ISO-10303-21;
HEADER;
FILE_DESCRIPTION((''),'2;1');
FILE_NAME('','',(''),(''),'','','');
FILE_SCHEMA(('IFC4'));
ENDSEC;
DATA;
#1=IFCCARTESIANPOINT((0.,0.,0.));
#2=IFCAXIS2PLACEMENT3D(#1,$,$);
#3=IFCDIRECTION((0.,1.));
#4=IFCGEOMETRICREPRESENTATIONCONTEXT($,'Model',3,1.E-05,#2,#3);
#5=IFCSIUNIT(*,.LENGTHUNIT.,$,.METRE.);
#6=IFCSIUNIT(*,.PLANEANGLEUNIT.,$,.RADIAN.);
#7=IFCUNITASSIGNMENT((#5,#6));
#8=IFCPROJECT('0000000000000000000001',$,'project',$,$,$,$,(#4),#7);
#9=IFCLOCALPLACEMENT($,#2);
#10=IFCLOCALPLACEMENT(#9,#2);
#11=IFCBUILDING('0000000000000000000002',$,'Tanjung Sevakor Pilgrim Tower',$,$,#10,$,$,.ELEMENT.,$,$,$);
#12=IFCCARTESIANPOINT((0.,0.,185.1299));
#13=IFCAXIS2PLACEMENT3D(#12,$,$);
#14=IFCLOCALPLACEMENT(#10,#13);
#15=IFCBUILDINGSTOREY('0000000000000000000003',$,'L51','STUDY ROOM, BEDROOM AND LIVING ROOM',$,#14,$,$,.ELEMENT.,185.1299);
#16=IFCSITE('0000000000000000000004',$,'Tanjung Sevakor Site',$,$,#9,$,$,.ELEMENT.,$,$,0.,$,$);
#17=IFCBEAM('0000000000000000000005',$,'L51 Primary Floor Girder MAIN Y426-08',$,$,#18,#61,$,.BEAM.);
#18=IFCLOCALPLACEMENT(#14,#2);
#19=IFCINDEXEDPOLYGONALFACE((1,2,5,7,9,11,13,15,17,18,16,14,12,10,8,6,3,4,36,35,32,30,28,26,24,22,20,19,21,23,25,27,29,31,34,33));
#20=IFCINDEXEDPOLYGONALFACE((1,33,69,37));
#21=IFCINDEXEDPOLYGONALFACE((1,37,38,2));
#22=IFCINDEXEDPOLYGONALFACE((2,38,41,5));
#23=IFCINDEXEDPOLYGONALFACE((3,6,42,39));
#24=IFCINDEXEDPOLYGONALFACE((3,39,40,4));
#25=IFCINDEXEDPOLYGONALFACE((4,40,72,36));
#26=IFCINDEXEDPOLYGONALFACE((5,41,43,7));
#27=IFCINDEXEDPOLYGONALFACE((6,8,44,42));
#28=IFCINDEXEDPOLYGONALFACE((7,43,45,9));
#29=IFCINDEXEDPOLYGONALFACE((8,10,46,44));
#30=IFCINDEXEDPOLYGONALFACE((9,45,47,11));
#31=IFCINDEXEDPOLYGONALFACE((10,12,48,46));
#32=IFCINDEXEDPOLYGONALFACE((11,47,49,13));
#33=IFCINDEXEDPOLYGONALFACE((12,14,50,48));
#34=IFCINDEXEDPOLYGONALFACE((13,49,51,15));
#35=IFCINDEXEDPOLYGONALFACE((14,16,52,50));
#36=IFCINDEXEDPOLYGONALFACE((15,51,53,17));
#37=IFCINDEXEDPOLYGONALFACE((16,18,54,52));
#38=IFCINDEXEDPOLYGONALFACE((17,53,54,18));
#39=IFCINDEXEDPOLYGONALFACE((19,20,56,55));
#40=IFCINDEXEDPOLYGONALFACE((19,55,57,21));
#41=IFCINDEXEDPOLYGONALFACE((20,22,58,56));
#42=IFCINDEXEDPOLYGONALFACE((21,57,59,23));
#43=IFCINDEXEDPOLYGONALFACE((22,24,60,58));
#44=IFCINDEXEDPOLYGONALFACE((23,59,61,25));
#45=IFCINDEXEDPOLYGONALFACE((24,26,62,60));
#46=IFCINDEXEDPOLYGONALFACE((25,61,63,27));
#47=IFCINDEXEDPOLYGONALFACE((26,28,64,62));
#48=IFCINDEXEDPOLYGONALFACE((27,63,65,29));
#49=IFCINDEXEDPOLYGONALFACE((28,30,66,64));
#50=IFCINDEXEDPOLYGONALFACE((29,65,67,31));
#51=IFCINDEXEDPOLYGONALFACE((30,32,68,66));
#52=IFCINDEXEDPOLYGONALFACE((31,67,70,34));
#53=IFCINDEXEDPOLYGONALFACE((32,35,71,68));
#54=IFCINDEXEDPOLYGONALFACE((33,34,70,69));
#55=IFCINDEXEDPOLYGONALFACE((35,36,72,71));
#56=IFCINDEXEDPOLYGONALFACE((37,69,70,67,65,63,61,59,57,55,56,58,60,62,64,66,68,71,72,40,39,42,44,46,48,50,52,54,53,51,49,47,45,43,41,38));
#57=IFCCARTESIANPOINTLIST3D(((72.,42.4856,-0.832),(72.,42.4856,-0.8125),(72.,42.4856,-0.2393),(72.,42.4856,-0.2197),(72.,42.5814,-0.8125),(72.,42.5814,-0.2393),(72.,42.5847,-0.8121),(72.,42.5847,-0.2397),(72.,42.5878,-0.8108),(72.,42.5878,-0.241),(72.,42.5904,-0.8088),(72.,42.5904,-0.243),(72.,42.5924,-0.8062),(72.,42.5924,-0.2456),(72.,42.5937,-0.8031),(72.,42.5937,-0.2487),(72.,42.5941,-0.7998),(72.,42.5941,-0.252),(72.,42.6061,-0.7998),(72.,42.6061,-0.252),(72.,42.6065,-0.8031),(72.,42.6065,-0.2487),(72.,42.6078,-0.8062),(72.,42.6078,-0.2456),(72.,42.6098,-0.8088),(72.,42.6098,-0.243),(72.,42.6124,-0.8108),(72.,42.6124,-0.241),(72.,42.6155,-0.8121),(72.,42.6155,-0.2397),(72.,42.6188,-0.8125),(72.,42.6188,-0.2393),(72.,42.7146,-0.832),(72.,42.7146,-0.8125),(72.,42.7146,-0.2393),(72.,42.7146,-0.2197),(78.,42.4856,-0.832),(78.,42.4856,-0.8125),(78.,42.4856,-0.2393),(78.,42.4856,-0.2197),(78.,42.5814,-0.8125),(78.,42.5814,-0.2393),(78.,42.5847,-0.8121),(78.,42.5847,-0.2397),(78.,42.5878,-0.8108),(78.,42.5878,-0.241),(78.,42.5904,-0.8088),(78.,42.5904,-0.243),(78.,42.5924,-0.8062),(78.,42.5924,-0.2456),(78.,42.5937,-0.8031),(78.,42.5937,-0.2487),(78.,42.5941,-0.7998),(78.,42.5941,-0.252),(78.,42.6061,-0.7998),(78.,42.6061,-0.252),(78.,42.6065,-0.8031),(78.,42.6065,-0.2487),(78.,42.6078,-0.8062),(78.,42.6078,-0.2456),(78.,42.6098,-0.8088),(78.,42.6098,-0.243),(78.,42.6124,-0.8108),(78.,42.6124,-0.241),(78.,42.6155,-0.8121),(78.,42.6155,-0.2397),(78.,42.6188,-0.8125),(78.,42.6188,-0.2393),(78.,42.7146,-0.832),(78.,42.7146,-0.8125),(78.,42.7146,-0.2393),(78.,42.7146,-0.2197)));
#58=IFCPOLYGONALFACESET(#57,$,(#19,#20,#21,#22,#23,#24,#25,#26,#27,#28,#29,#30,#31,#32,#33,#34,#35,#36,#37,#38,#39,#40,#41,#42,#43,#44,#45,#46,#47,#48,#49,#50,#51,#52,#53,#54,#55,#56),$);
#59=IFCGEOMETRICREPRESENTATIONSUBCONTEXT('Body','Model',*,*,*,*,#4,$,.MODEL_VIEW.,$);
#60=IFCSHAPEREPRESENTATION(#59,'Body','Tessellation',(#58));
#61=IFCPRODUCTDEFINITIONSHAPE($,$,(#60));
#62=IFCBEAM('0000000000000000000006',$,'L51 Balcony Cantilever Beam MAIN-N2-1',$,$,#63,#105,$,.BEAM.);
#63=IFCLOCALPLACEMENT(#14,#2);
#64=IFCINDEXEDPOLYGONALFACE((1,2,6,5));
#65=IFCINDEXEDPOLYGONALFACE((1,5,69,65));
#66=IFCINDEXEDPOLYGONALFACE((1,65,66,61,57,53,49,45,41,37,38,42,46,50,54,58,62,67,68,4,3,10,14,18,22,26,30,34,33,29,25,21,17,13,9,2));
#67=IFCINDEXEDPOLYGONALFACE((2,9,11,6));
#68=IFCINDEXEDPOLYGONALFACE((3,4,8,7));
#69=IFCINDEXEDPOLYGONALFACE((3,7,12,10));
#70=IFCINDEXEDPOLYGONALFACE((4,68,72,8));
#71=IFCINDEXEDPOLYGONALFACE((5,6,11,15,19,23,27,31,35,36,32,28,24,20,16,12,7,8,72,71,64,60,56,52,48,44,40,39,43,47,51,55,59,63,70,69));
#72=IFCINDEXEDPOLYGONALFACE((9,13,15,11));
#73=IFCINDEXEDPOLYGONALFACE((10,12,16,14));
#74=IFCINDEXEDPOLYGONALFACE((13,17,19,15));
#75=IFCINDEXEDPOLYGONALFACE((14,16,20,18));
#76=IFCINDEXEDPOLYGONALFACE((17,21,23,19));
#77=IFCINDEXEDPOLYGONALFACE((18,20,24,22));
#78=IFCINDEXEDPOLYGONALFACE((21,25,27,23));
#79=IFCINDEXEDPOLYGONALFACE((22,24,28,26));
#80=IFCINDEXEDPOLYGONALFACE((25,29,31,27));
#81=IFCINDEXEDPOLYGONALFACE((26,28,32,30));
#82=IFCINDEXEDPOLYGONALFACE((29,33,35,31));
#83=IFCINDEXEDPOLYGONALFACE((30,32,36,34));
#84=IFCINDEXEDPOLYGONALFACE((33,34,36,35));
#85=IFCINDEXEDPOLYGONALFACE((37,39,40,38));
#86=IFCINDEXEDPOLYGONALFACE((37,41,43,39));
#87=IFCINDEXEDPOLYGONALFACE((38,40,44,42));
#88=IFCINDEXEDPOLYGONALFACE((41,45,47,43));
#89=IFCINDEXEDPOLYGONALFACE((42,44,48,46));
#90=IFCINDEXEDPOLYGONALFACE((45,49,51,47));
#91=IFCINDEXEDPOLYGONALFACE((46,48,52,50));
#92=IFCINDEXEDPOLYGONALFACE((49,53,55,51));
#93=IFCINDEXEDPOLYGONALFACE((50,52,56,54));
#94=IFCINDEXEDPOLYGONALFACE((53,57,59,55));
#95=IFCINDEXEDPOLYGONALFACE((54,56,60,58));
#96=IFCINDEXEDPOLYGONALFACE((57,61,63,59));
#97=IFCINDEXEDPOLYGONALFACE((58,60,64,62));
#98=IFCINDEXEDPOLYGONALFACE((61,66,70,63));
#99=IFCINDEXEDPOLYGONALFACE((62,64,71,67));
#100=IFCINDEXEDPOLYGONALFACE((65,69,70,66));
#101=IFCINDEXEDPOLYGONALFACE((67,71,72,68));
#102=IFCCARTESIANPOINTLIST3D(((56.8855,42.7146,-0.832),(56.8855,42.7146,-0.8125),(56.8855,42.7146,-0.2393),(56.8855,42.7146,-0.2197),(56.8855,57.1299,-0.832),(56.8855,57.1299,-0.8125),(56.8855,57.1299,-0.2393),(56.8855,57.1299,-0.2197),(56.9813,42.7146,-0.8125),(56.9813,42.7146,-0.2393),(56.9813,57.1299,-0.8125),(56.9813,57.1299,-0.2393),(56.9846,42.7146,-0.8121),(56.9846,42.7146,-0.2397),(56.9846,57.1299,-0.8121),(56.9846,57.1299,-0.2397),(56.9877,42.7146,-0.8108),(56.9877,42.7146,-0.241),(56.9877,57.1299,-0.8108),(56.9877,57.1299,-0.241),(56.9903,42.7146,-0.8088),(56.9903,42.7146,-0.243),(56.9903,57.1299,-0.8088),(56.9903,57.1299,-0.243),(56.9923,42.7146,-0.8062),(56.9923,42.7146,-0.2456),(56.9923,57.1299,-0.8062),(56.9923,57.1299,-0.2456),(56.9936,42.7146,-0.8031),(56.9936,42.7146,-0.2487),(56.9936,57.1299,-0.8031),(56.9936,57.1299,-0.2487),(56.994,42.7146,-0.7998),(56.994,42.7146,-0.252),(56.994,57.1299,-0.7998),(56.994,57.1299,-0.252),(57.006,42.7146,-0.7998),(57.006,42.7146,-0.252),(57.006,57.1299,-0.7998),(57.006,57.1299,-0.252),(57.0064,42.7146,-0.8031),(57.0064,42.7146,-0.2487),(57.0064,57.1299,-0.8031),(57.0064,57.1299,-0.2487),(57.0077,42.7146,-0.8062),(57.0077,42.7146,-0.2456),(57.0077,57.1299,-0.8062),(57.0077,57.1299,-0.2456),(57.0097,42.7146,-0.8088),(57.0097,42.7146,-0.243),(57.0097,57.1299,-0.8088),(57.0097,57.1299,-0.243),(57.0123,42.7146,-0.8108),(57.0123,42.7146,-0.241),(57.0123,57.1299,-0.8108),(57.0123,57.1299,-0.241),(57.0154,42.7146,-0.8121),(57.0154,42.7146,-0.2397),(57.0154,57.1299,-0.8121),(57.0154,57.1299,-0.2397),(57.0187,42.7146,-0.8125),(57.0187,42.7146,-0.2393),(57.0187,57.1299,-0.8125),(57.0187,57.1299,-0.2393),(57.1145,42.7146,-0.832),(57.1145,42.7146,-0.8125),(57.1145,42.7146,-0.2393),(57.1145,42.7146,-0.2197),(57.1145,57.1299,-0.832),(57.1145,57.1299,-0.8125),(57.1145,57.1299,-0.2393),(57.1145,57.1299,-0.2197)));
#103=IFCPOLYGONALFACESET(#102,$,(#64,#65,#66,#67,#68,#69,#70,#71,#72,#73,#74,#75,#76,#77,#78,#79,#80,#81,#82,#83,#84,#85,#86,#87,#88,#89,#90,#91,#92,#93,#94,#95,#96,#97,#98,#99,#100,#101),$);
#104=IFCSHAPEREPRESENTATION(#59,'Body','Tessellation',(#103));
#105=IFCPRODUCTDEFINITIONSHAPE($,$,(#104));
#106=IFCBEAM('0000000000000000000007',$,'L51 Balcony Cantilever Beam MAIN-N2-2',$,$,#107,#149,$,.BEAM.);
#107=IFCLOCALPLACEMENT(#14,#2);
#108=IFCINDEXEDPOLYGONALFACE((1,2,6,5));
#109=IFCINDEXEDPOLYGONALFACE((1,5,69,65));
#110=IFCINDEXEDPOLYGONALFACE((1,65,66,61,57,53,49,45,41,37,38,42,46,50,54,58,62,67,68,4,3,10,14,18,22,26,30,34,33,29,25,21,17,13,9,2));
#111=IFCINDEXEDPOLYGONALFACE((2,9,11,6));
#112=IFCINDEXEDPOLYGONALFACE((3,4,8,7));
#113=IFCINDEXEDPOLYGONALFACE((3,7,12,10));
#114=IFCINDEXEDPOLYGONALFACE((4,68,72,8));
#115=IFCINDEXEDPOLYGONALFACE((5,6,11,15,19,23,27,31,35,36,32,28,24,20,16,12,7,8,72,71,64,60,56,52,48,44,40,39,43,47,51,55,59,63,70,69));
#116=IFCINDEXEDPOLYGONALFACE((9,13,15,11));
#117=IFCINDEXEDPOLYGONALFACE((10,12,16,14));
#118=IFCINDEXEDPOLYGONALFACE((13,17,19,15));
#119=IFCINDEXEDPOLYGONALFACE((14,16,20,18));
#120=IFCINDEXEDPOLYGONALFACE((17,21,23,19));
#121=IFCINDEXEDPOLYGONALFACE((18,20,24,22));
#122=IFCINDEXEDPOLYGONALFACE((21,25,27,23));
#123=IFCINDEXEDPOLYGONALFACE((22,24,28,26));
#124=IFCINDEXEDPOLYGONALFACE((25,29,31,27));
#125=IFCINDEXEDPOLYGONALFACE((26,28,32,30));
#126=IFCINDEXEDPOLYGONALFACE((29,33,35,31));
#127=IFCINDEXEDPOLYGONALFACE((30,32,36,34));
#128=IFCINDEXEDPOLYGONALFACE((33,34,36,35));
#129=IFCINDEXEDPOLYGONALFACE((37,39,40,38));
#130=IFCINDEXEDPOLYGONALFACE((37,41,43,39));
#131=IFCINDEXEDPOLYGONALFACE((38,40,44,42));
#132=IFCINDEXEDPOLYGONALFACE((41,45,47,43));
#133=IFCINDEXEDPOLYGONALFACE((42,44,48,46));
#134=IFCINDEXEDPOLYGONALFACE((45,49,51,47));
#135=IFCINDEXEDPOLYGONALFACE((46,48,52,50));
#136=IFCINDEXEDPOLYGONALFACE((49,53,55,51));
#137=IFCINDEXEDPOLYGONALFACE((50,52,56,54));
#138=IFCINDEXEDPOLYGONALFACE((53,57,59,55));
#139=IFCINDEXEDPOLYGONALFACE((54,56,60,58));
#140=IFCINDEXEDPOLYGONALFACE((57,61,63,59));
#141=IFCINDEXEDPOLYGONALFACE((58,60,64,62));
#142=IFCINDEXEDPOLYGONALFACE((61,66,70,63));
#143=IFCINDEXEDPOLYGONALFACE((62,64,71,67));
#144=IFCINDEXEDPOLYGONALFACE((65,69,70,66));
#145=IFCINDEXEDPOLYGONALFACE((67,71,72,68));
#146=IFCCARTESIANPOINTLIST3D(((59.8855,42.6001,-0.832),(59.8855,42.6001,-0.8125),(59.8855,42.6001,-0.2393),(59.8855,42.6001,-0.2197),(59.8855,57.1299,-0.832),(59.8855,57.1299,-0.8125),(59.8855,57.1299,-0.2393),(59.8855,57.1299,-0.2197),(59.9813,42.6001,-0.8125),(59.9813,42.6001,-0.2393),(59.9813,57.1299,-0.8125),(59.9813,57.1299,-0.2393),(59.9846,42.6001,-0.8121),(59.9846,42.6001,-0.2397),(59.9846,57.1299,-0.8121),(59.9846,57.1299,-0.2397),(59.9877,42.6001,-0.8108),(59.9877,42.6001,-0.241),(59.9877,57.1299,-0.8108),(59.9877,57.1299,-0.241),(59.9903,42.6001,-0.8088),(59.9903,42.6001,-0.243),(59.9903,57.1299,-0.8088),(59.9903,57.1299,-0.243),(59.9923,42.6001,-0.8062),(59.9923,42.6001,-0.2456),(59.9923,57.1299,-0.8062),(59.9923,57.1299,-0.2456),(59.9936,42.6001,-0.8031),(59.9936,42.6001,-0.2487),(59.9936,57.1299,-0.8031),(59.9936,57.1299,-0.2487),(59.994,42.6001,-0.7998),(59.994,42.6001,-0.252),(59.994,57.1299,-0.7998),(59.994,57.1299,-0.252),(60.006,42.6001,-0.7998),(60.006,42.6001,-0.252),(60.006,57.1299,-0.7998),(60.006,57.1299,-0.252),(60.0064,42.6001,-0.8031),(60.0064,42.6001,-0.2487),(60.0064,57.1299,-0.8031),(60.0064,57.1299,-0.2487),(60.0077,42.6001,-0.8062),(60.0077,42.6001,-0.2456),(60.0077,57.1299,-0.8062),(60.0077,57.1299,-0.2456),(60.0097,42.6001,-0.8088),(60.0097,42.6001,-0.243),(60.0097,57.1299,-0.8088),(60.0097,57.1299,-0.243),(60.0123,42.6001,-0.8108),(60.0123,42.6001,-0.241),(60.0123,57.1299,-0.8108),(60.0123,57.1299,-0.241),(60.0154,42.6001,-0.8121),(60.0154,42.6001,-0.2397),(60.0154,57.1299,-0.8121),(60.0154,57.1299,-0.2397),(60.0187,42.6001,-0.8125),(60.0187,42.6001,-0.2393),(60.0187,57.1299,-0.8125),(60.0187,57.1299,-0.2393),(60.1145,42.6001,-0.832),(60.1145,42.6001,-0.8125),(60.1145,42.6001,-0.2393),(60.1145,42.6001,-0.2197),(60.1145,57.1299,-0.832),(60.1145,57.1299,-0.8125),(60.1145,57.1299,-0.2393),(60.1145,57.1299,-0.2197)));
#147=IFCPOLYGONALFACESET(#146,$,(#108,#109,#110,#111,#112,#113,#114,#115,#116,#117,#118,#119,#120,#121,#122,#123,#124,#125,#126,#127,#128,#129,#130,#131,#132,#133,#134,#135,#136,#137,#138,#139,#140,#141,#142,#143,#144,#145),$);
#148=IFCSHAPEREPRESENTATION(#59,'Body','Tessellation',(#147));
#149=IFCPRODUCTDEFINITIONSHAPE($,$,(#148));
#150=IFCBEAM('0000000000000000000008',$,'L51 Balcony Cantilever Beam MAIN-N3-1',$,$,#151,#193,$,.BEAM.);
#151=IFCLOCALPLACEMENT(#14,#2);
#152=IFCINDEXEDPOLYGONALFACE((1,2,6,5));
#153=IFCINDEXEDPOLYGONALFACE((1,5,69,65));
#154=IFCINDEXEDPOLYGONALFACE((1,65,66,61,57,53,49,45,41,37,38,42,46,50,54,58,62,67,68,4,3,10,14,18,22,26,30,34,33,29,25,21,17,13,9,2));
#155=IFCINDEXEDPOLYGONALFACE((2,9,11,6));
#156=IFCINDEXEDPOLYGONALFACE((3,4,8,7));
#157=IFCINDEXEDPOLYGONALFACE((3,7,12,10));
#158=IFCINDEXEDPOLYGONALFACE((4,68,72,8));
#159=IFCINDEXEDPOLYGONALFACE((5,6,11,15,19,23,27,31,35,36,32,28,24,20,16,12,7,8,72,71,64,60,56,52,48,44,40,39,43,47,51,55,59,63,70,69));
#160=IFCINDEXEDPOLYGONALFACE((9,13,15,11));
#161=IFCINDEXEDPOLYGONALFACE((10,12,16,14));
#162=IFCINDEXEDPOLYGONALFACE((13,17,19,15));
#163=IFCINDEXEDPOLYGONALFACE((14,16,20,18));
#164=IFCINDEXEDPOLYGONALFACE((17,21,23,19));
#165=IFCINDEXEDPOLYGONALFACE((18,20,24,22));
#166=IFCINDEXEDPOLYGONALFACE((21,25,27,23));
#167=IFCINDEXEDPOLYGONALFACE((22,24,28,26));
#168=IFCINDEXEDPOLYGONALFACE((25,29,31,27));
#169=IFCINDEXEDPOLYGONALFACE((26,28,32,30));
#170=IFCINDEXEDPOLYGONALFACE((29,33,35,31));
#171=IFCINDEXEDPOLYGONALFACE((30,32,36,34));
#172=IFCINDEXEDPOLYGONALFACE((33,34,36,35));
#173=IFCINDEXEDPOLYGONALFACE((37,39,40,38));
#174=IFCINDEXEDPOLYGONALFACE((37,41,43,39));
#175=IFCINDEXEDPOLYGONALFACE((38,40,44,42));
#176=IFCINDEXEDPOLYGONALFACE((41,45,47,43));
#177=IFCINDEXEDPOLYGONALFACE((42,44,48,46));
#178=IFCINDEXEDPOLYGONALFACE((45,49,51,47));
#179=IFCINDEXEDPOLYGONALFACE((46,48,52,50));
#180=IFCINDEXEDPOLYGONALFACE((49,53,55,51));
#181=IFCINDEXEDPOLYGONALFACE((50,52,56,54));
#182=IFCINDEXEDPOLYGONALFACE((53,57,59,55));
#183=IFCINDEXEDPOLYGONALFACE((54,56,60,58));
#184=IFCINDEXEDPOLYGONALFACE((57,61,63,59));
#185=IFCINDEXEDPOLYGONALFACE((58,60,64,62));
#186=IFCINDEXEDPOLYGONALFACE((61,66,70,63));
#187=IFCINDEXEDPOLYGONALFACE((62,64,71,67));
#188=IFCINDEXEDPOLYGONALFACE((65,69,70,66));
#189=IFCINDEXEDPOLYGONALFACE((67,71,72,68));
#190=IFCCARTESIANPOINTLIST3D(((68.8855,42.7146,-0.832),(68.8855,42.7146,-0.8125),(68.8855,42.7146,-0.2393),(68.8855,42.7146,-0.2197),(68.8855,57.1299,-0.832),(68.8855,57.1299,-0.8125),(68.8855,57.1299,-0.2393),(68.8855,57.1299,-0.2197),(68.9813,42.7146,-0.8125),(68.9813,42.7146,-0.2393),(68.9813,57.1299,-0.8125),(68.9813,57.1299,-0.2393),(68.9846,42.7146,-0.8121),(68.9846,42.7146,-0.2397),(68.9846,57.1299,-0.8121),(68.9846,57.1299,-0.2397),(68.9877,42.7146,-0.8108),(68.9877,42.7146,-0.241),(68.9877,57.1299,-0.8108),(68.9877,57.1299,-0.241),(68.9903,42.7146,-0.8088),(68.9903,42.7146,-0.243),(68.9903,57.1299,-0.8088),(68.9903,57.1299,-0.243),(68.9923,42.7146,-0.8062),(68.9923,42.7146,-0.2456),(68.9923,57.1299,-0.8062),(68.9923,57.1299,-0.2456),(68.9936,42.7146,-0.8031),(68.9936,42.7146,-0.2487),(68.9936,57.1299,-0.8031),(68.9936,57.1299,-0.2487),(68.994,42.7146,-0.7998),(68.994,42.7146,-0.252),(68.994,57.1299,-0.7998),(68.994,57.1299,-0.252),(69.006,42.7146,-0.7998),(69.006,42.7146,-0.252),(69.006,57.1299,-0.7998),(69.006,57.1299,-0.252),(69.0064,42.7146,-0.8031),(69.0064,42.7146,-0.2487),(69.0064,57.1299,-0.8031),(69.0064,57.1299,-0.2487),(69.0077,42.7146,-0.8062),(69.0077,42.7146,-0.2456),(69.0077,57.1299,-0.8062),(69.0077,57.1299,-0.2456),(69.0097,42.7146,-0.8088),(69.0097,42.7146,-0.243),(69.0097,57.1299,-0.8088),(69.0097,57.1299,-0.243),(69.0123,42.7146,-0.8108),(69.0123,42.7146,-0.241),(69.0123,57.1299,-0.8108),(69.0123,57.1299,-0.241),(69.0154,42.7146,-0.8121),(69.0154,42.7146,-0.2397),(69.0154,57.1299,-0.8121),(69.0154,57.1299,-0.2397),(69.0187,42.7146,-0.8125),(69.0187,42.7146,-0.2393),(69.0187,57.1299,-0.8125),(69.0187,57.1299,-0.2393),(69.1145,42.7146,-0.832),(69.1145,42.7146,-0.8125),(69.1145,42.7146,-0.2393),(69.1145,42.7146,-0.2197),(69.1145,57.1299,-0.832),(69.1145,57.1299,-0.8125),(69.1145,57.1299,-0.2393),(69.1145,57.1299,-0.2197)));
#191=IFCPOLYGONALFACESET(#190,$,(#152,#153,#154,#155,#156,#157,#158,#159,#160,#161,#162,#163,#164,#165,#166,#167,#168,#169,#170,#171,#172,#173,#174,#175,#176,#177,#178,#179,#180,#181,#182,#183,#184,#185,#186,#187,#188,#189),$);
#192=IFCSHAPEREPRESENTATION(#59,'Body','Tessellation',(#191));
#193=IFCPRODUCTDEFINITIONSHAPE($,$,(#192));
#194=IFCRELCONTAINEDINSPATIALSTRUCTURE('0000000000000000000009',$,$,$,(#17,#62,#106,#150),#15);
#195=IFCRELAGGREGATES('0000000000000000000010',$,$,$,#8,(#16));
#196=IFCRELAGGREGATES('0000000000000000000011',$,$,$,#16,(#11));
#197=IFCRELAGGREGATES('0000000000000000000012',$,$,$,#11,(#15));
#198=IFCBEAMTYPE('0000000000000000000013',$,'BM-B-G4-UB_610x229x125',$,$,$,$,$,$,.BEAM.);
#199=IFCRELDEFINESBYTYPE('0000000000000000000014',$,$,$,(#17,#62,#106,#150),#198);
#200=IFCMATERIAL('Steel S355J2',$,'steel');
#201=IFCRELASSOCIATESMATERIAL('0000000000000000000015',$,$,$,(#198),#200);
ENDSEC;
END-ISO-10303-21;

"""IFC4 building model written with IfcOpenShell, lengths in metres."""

from ifc_helpers import new_model, si_unit, direction, frame, origin, origin_2d, place, context, subcontext, project, spatial, i_section, extrude, material, material_profile, profile_set, type_object, element, save


model = new_model("IFC4")

# Units and contexts
model_context = context("Model", 3, precision=1e-05, world=origin(), true_north=direction((0.0, 1.0)))
body_context = subcontext(model_context, "Body", "Model", "MODEL_VIEW")
ifc_project = project(units=[si_unit("LENGTHUNIT", "METRE"), si_unit("PLANEANGLEUNIT", "RADIAN")], contexts=[model_context])

# Site, building, storey
site_placement = place(None, origin())
site = spatial("IfcSite", under=ifc_project, at=site_placement, Name="Tanjung Sevakor Site", CompositionType="ELEMENT", RefElevation=0.0)
building_placement = place(site_placement, origin())
building = spatial("IfcBuilding", under=site, at=building_placement, Name="Tanjung Sevakor Pilgrim Tower", CompositionType="ELEMENT")
storey_placement = place(building_placement, frame((0.0, 0.0, 185.1299)))
storey = spatial("IfcBuildingStorey", under=building, at=storey_placement, Name="L51", Description="STUDY ROOM, BEDROOM AND LIVING ROOM", CompositionType="ELEMENT", Elevation=185.1299)

# Beams
ifc_material_1 = material(Name="Steel S355J2", Category="steel")
ifc_material_profile_1 = material_profile(ifc_material_1, i_section(OverallWidth=0.229, OverallDepth=0.6123, WebThickness=0.012, FlangeThickness=0.0195, FilletRadius=0.0127, at=origin_2d()))
ifc_profile_set_1 = profile_set([ifc_material_profile_1], Name="Steel S355J2")
beam_type_1 = type_object("IfcBeamType", Name="BM-B-G4-UB_610x229x125", PredefinedType="BEAM", material=ifc_profile_set_1)
for number, where, z_axis, x_axis, name in (
    (1, (72.0, 42.6001, -0.5259), (1.0, 0.0, 0.0), (0.0, 1.0, 0.0), "L51 Primary Floor Girder MAIN Y426-08"),
):
    element("IfcBeam", number, at=place(storey_placement, frame(where, z_axis=z_axis, x_axis=x_axis)), inside=storey, type_object=beam_type_1, Name=name, PredefinedType="BEAM", context=body_context, shape_type="SweptSolid", body=[
        extrude(i_section(OverallWidth=0.229, OverallDepth=0.6123, WebThickness=0.012, FlangeThickness=0.0195, FilletRadius=0.0127, at=origin_2d()), origin(), (0.0, 0.0, 1.0), 6.0),
    ])
beam_1_placement = place(storey_placement, frame((57.0, 42.7146, -0.5259), z_axis=(0.0, 1.0, 0.0), x_axis=(-1.0, 0.0, 0.0)))
element("IfcBeam", 2, at=beam_1_placement, inside=storey, type_object=beam_type_1, Name="L51 Balcony Cantilever Beam MAIN-N2-1", PredefinedType="BEAM", context=body_context, shape_type="SweptSolid", body=[
    extrude(i_section(OverallWidth=0.229, OverallDepth=0.6123, WebThickness=0.012, FlangeThickness=0.0195, FilletRadius=0.0127, at=origin_2d()), origin(), (0.0, 0.0, 1.0), 14.4153),
])
beam_2_placement = place(storey_placement, frame((60.0, 42.6001, -0.5259), z_axis=(0.0, 1.0, 0.0), x_axis=(-1.0, 0.0, 0.0)))
element("IfcBeam", 3, at=beam_2_placement, inside=storey, type_object=beam_type_1, Name="L51 Balcony Cantilever Beam MAIN-N2-2", PredefinedType="BEAM", context=body_context, shape_type="SweptSolid", body=[
    extrude(i_section(OverallWidth=0.229, OverallDepth=0.6123, WebThickness=0.012, FlangeThickness=0.0195, FilletRadius=0.0127, at=origin_2d()), origin(), (0.0, 0.0, 1.0), 14.5298),
])
beam_3_placement = place(storey_placement, frame((69.0, 42.7146, -0.5259), z_axis=(0.0, 1.0, 0.0), x_axis=(-1.0, 0.0, 0.0)))
element("IfcBeam", 4, at=beam_3_placement, inside=storey, type_object=beam_type_1, Name="L51 Balcony Cantilever Beam MAIN-N3-1", PredefinedType="BEAM", context=body_context, shape_type="SweptSolid", body=[
    extrude(i_section(OverallWidth=0.229, OverallDepth=0.6123, WebThickness=0.012, FlangeThickness=0.0195, FilletRadius=0.0127, at=origin_2d()), origin(), (0.0, 0.0, 1.0), 14.4153),
])

save(model, "model.ifc")
